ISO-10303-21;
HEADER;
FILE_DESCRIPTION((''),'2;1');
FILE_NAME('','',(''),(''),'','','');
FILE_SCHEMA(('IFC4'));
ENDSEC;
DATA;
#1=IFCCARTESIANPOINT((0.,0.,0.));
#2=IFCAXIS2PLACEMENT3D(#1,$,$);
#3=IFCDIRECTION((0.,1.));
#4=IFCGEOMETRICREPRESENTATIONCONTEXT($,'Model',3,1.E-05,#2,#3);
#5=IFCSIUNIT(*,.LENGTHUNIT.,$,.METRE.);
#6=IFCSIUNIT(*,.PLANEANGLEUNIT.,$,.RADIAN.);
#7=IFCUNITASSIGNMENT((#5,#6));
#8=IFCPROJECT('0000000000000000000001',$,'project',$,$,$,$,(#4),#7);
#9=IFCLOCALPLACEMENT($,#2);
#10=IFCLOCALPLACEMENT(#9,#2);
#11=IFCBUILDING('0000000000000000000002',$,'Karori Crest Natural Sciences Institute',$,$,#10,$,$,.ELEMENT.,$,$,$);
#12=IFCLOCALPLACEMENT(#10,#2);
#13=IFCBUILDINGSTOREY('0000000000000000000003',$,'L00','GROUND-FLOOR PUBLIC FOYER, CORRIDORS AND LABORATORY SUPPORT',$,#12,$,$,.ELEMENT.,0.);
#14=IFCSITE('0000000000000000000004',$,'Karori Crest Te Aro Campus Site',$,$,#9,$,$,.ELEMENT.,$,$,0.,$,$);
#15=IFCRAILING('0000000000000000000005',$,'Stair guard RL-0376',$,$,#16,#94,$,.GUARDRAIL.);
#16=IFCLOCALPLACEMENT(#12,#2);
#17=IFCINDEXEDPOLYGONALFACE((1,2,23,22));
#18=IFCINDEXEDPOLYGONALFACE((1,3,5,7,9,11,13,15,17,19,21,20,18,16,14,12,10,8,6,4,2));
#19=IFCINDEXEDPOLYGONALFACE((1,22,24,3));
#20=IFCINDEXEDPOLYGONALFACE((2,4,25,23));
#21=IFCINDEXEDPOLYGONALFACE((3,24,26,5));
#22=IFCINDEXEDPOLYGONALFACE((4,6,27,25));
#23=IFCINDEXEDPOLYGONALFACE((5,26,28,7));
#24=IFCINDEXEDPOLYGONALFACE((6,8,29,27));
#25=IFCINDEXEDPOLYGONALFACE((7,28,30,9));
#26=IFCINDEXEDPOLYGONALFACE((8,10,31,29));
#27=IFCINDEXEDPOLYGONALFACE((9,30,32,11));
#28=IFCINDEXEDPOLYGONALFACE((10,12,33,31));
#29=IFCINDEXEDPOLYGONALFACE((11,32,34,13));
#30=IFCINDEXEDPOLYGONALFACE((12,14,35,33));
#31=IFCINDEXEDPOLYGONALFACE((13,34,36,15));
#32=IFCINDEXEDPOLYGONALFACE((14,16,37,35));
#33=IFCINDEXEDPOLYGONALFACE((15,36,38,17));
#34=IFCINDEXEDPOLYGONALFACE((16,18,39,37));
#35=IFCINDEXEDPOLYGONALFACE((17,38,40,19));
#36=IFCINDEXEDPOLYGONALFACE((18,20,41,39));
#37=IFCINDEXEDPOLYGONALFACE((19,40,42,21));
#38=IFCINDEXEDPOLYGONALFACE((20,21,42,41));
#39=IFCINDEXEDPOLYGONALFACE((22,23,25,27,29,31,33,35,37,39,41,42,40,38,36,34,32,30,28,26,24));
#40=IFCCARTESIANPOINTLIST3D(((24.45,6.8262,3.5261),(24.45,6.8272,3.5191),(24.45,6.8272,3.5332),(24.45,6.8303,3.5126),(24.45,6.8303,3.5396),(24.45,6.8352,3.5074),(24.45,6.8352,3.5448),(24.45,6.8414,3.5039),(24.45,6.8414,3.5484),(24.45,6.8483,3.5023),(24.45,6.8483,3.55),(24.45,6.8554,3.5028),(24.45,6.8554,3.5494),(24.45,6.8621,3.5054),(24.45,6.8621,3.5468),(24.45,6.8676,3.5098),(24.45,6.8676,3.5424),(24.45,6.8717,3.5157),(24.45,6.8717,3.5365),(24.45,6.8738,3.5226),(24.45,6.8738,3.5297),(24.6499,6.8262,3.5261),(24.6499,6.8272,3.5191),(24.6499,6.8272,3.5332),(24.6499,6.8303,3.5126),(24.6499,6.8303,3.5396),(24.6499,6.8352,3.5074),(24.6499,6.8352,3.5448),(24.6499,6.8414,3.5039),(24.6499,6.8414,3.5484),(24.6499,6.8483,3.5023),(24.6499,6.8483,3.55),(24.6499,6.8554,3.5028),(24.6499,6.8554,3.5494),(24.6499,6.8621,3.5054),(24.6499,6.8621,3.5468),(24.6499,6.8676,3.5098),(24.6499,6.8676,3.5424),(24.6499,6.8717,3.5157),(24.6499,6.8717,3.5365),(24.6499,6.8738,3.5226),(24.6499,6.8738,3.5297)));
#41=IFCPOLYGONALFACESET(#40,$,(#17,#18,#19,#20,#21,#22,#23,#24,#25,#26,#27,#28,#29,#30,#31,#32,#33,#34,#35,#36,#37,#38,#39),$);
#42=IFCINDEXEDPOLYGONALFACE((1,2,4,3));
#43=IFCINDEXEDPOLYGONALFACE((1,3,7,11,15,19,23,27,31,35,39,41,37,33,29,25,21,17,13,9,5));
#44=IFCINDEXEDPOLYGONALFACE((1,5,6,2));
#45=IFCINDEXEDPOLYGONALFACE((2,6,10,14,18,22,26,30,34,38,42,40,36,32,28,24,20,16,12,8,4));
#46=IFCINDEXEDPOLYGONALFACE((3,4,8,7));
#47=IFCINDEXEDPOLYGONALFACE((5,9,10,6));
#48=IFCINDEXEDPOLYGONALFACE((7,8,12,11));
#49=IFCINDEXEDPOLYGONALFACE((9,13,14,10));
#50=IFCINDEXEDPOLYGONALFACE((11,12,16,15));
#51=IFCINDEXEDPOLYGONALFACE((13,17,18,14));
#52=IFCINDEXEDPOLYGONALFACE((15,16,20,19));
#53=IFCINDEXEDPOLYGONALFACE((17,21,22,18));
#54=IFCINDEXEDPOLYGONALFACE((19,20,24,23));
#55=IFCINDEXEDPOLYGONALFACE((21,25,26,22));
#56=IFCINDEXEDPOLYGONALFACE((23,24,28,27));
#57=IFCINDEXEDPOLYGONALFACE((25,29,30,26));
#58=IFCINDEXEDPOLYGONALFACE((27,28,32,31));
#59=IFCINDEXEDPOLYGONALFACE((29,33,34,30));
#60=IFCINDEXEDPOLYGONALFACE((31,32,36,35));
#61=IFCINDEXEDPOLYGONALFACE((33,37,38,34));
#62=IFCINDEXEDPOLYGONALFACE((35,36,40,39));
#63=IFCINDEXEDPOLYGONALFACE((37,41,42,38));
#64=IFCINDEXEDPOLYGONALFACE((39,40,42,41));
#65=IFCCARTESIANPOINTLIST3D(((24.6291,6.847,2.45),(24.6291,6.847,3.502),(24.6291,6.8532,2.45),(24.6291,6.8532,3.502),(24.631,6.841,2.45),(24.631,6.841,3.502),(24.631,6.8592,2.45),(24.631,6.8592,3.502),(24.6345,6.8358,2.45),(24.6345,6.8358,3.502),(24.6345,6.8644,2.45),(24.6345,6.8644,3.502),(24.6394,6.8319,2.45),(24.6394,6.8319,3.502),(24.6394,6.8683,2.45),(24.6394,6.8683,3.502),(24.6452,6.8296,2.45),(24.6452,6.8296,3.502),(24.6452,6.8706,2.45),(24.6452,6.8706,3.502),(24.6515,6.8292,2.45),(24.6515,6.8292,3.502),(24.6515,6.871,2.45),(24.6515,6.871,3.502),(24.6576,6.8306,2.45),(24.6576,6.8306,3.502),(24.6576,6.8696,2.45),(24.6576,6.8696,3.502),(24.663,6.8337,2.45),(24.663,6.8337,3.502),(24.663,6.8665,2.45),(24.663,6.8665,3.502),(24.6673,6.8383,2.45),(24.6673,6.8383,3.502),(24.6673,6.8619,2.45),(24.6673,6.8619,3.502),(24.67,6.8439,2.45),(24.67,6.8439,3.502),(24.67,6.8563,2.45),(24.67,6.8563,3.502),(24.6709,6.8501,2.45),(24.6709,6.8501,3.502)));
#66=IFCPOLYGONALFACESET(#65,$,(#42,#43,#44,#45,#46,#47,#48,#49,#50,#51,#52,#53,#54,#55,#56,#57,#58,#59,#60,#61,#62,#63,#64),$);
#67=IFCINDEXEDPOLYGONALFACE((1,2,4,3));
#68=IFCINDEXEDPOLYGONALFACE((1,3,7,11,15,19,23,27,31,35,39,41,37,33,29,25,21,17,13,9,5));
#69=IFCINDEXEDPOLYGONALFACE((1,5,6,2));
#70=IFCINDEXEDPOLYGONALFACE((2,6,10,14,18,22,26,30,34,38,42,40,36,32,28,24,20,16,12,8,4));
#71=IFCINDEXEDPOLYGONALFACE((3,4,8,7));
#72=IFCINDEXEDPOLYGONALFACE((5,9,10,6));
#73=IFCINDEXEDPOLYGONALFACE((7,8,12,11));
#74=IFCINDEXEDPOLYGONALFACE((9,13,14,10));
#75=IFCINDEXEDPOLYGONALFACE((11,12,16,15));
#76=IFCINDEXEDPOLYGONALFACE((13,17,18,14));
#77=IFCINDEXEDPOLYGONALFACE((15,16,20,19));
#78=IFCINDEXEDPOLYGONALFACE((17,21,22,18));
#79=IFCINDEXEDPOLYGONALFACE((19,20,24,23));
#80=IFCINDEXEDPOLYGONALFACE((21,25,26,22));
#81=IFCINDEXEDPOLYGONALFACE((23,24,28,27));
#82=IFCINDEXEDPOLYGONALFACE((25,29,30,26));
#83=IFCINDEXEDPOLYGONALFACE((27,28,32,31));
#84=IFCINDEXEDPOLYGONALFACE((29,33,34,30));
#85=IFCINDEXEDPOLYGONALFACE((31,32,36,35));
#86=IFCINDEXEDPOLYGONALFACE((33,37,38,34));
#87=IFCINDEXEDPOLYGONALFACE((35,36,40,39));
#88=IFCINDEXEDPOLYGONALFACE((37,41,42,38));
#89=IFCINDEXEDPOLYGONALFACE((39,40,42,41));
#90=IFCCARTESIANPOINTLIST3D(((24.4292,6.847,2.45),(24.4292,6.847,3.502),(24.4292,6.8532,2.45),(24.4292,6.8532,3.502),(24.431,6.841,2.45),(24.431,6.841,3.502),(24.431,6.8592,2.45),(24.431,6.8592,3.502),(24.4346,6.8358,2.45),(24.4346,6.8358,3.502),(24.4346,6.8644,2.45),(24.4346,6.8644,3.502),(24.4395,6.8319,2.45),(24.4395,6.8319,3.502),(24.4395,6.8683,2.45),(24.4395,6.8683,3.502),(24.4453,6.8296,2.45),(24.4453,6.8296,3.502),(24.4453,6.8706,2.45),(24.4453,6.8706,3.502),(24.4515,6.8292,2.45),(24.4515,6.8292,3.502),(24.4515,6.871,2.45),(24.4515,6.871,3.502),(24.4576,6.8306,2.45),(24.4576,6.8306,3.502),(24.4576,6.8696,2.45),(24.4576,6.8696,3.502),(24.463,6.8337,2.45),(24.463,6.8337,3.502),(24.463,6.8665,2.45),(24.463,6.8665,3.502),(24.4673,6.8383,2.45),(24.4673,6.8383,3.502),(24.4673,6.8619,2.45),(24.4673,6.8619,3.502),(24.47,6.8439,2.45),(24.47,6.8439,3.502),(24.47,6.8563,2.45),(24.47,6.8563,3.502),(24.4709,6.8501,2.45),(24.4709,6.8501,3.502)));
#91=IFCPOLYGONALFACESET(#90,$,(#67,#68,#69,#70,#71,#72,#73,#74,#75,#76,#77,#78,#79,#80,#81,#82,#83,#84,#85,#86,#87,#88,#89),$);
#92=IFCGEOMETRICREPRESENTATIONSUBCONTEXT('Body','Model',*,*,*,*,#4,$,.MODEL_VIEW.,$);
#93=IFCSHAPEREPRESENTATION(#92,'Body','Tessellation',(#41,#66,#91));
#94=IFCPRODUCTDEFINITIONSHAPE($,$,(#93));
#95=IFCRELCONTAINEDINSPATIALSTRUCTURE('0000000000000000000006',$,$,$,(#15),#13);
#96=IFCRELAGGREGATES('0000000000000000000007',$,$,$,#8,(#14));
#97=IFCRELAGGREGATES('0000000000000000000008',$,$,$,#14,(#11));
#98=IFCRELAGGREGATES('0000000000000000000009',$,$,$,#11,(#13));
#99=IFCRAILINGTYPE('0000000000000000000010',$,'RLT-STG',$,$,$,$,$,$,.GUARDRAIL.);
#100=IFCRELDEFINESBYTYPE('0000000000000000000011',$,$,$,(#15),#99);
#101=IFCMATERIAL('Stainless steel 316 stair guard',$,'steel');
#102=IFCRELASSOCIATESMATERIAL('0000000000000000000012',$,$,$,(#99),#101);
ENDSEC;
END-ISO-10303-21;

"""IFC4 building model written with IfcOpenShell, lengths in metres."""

from ifc_helpers import new_model, si_unit, direction, frame, origin, origin_2d, place, context, subcontext, project, spatial, circle, extrude, material, type_object, element, save


model = new_model("IFC4")

# Units and contexts
model_context = context("Model", 3, precision=1e-05, world=origin(), true_north=direction((0.0, 1.0)))
body_context = subcontext(model_context, "Body", "Model", "MODEL_VIEW")
ifc_project = project(units=[si_unit("LENGTHUNIT", "METRE"), si_unit("PLANEANGLEUNIT", "RADIAN")], contexts=[model_context])

# Site, building, storey
site_placement = place(None, origin())
site = spatial("IfcSite", under=ifc_project, at=site_placement, Name="Karori Crest Te Aro Campus Site", CompositionType="ELEMENT", RefElevation=0.0)
building_placement = place(site_placement, origin())
building = spatial("IfcBuilding", under=site, at=building_placement, Name="Karori Crest Natural Sciences Institute", CompositionType="ELEMENT")
storey_placement = place(building_placement, origin())
storey = spatial("IfcBuildingStorey", under=building, at=storey_placement, Name="L00", Description="GROUND-FLOOR PUBLIC FOYER, CORRIDORS AND LABORATORY SUPPORT", CompositionType="ELEMENT", Elevation=0.0)

# Railing
ifc_material_1 = material(Name="Stainless steel 316 stair guard", Category="steel")
railing_type_1 = type_object("IfcRailingType", Name="RLT-STG", PredefinedType="GUARDRAIL", material=ifc_material_1)
railing_1_placement = place(storey_placement, frame((24.6499, 6.8501, 2.45)))
element("IfcRailing", 1, at=railing_1_placement, inside=storey, type_object=railing_type_1, Name="Stair guard RL-0376", PredefinedType="GUARDRAIL", context=body_context, shape_type="SweptSolid", body=[
    extrude(circle(Radius=0.0239, at=origin_2d()), frame((0.0, 0.0, 1.0762), z_axis=(-1.0, 0.0, 0.0), x_axis=(0.0, -1.0, 0.0)), (0.0, 0.0, 1.0), 0.2),
    extrude(circle(Radius=0.021, at=origin_2d()), origin(), (0.0, 0.0, 1.0), 1.052),
    extrude(circle(Radius=0.021, at=origin_2d()), frame((-0.2, 0.0, 0.0)), (0.0, 0.0, 1.0), 1.052),
])

save(model, "model.ifc")
